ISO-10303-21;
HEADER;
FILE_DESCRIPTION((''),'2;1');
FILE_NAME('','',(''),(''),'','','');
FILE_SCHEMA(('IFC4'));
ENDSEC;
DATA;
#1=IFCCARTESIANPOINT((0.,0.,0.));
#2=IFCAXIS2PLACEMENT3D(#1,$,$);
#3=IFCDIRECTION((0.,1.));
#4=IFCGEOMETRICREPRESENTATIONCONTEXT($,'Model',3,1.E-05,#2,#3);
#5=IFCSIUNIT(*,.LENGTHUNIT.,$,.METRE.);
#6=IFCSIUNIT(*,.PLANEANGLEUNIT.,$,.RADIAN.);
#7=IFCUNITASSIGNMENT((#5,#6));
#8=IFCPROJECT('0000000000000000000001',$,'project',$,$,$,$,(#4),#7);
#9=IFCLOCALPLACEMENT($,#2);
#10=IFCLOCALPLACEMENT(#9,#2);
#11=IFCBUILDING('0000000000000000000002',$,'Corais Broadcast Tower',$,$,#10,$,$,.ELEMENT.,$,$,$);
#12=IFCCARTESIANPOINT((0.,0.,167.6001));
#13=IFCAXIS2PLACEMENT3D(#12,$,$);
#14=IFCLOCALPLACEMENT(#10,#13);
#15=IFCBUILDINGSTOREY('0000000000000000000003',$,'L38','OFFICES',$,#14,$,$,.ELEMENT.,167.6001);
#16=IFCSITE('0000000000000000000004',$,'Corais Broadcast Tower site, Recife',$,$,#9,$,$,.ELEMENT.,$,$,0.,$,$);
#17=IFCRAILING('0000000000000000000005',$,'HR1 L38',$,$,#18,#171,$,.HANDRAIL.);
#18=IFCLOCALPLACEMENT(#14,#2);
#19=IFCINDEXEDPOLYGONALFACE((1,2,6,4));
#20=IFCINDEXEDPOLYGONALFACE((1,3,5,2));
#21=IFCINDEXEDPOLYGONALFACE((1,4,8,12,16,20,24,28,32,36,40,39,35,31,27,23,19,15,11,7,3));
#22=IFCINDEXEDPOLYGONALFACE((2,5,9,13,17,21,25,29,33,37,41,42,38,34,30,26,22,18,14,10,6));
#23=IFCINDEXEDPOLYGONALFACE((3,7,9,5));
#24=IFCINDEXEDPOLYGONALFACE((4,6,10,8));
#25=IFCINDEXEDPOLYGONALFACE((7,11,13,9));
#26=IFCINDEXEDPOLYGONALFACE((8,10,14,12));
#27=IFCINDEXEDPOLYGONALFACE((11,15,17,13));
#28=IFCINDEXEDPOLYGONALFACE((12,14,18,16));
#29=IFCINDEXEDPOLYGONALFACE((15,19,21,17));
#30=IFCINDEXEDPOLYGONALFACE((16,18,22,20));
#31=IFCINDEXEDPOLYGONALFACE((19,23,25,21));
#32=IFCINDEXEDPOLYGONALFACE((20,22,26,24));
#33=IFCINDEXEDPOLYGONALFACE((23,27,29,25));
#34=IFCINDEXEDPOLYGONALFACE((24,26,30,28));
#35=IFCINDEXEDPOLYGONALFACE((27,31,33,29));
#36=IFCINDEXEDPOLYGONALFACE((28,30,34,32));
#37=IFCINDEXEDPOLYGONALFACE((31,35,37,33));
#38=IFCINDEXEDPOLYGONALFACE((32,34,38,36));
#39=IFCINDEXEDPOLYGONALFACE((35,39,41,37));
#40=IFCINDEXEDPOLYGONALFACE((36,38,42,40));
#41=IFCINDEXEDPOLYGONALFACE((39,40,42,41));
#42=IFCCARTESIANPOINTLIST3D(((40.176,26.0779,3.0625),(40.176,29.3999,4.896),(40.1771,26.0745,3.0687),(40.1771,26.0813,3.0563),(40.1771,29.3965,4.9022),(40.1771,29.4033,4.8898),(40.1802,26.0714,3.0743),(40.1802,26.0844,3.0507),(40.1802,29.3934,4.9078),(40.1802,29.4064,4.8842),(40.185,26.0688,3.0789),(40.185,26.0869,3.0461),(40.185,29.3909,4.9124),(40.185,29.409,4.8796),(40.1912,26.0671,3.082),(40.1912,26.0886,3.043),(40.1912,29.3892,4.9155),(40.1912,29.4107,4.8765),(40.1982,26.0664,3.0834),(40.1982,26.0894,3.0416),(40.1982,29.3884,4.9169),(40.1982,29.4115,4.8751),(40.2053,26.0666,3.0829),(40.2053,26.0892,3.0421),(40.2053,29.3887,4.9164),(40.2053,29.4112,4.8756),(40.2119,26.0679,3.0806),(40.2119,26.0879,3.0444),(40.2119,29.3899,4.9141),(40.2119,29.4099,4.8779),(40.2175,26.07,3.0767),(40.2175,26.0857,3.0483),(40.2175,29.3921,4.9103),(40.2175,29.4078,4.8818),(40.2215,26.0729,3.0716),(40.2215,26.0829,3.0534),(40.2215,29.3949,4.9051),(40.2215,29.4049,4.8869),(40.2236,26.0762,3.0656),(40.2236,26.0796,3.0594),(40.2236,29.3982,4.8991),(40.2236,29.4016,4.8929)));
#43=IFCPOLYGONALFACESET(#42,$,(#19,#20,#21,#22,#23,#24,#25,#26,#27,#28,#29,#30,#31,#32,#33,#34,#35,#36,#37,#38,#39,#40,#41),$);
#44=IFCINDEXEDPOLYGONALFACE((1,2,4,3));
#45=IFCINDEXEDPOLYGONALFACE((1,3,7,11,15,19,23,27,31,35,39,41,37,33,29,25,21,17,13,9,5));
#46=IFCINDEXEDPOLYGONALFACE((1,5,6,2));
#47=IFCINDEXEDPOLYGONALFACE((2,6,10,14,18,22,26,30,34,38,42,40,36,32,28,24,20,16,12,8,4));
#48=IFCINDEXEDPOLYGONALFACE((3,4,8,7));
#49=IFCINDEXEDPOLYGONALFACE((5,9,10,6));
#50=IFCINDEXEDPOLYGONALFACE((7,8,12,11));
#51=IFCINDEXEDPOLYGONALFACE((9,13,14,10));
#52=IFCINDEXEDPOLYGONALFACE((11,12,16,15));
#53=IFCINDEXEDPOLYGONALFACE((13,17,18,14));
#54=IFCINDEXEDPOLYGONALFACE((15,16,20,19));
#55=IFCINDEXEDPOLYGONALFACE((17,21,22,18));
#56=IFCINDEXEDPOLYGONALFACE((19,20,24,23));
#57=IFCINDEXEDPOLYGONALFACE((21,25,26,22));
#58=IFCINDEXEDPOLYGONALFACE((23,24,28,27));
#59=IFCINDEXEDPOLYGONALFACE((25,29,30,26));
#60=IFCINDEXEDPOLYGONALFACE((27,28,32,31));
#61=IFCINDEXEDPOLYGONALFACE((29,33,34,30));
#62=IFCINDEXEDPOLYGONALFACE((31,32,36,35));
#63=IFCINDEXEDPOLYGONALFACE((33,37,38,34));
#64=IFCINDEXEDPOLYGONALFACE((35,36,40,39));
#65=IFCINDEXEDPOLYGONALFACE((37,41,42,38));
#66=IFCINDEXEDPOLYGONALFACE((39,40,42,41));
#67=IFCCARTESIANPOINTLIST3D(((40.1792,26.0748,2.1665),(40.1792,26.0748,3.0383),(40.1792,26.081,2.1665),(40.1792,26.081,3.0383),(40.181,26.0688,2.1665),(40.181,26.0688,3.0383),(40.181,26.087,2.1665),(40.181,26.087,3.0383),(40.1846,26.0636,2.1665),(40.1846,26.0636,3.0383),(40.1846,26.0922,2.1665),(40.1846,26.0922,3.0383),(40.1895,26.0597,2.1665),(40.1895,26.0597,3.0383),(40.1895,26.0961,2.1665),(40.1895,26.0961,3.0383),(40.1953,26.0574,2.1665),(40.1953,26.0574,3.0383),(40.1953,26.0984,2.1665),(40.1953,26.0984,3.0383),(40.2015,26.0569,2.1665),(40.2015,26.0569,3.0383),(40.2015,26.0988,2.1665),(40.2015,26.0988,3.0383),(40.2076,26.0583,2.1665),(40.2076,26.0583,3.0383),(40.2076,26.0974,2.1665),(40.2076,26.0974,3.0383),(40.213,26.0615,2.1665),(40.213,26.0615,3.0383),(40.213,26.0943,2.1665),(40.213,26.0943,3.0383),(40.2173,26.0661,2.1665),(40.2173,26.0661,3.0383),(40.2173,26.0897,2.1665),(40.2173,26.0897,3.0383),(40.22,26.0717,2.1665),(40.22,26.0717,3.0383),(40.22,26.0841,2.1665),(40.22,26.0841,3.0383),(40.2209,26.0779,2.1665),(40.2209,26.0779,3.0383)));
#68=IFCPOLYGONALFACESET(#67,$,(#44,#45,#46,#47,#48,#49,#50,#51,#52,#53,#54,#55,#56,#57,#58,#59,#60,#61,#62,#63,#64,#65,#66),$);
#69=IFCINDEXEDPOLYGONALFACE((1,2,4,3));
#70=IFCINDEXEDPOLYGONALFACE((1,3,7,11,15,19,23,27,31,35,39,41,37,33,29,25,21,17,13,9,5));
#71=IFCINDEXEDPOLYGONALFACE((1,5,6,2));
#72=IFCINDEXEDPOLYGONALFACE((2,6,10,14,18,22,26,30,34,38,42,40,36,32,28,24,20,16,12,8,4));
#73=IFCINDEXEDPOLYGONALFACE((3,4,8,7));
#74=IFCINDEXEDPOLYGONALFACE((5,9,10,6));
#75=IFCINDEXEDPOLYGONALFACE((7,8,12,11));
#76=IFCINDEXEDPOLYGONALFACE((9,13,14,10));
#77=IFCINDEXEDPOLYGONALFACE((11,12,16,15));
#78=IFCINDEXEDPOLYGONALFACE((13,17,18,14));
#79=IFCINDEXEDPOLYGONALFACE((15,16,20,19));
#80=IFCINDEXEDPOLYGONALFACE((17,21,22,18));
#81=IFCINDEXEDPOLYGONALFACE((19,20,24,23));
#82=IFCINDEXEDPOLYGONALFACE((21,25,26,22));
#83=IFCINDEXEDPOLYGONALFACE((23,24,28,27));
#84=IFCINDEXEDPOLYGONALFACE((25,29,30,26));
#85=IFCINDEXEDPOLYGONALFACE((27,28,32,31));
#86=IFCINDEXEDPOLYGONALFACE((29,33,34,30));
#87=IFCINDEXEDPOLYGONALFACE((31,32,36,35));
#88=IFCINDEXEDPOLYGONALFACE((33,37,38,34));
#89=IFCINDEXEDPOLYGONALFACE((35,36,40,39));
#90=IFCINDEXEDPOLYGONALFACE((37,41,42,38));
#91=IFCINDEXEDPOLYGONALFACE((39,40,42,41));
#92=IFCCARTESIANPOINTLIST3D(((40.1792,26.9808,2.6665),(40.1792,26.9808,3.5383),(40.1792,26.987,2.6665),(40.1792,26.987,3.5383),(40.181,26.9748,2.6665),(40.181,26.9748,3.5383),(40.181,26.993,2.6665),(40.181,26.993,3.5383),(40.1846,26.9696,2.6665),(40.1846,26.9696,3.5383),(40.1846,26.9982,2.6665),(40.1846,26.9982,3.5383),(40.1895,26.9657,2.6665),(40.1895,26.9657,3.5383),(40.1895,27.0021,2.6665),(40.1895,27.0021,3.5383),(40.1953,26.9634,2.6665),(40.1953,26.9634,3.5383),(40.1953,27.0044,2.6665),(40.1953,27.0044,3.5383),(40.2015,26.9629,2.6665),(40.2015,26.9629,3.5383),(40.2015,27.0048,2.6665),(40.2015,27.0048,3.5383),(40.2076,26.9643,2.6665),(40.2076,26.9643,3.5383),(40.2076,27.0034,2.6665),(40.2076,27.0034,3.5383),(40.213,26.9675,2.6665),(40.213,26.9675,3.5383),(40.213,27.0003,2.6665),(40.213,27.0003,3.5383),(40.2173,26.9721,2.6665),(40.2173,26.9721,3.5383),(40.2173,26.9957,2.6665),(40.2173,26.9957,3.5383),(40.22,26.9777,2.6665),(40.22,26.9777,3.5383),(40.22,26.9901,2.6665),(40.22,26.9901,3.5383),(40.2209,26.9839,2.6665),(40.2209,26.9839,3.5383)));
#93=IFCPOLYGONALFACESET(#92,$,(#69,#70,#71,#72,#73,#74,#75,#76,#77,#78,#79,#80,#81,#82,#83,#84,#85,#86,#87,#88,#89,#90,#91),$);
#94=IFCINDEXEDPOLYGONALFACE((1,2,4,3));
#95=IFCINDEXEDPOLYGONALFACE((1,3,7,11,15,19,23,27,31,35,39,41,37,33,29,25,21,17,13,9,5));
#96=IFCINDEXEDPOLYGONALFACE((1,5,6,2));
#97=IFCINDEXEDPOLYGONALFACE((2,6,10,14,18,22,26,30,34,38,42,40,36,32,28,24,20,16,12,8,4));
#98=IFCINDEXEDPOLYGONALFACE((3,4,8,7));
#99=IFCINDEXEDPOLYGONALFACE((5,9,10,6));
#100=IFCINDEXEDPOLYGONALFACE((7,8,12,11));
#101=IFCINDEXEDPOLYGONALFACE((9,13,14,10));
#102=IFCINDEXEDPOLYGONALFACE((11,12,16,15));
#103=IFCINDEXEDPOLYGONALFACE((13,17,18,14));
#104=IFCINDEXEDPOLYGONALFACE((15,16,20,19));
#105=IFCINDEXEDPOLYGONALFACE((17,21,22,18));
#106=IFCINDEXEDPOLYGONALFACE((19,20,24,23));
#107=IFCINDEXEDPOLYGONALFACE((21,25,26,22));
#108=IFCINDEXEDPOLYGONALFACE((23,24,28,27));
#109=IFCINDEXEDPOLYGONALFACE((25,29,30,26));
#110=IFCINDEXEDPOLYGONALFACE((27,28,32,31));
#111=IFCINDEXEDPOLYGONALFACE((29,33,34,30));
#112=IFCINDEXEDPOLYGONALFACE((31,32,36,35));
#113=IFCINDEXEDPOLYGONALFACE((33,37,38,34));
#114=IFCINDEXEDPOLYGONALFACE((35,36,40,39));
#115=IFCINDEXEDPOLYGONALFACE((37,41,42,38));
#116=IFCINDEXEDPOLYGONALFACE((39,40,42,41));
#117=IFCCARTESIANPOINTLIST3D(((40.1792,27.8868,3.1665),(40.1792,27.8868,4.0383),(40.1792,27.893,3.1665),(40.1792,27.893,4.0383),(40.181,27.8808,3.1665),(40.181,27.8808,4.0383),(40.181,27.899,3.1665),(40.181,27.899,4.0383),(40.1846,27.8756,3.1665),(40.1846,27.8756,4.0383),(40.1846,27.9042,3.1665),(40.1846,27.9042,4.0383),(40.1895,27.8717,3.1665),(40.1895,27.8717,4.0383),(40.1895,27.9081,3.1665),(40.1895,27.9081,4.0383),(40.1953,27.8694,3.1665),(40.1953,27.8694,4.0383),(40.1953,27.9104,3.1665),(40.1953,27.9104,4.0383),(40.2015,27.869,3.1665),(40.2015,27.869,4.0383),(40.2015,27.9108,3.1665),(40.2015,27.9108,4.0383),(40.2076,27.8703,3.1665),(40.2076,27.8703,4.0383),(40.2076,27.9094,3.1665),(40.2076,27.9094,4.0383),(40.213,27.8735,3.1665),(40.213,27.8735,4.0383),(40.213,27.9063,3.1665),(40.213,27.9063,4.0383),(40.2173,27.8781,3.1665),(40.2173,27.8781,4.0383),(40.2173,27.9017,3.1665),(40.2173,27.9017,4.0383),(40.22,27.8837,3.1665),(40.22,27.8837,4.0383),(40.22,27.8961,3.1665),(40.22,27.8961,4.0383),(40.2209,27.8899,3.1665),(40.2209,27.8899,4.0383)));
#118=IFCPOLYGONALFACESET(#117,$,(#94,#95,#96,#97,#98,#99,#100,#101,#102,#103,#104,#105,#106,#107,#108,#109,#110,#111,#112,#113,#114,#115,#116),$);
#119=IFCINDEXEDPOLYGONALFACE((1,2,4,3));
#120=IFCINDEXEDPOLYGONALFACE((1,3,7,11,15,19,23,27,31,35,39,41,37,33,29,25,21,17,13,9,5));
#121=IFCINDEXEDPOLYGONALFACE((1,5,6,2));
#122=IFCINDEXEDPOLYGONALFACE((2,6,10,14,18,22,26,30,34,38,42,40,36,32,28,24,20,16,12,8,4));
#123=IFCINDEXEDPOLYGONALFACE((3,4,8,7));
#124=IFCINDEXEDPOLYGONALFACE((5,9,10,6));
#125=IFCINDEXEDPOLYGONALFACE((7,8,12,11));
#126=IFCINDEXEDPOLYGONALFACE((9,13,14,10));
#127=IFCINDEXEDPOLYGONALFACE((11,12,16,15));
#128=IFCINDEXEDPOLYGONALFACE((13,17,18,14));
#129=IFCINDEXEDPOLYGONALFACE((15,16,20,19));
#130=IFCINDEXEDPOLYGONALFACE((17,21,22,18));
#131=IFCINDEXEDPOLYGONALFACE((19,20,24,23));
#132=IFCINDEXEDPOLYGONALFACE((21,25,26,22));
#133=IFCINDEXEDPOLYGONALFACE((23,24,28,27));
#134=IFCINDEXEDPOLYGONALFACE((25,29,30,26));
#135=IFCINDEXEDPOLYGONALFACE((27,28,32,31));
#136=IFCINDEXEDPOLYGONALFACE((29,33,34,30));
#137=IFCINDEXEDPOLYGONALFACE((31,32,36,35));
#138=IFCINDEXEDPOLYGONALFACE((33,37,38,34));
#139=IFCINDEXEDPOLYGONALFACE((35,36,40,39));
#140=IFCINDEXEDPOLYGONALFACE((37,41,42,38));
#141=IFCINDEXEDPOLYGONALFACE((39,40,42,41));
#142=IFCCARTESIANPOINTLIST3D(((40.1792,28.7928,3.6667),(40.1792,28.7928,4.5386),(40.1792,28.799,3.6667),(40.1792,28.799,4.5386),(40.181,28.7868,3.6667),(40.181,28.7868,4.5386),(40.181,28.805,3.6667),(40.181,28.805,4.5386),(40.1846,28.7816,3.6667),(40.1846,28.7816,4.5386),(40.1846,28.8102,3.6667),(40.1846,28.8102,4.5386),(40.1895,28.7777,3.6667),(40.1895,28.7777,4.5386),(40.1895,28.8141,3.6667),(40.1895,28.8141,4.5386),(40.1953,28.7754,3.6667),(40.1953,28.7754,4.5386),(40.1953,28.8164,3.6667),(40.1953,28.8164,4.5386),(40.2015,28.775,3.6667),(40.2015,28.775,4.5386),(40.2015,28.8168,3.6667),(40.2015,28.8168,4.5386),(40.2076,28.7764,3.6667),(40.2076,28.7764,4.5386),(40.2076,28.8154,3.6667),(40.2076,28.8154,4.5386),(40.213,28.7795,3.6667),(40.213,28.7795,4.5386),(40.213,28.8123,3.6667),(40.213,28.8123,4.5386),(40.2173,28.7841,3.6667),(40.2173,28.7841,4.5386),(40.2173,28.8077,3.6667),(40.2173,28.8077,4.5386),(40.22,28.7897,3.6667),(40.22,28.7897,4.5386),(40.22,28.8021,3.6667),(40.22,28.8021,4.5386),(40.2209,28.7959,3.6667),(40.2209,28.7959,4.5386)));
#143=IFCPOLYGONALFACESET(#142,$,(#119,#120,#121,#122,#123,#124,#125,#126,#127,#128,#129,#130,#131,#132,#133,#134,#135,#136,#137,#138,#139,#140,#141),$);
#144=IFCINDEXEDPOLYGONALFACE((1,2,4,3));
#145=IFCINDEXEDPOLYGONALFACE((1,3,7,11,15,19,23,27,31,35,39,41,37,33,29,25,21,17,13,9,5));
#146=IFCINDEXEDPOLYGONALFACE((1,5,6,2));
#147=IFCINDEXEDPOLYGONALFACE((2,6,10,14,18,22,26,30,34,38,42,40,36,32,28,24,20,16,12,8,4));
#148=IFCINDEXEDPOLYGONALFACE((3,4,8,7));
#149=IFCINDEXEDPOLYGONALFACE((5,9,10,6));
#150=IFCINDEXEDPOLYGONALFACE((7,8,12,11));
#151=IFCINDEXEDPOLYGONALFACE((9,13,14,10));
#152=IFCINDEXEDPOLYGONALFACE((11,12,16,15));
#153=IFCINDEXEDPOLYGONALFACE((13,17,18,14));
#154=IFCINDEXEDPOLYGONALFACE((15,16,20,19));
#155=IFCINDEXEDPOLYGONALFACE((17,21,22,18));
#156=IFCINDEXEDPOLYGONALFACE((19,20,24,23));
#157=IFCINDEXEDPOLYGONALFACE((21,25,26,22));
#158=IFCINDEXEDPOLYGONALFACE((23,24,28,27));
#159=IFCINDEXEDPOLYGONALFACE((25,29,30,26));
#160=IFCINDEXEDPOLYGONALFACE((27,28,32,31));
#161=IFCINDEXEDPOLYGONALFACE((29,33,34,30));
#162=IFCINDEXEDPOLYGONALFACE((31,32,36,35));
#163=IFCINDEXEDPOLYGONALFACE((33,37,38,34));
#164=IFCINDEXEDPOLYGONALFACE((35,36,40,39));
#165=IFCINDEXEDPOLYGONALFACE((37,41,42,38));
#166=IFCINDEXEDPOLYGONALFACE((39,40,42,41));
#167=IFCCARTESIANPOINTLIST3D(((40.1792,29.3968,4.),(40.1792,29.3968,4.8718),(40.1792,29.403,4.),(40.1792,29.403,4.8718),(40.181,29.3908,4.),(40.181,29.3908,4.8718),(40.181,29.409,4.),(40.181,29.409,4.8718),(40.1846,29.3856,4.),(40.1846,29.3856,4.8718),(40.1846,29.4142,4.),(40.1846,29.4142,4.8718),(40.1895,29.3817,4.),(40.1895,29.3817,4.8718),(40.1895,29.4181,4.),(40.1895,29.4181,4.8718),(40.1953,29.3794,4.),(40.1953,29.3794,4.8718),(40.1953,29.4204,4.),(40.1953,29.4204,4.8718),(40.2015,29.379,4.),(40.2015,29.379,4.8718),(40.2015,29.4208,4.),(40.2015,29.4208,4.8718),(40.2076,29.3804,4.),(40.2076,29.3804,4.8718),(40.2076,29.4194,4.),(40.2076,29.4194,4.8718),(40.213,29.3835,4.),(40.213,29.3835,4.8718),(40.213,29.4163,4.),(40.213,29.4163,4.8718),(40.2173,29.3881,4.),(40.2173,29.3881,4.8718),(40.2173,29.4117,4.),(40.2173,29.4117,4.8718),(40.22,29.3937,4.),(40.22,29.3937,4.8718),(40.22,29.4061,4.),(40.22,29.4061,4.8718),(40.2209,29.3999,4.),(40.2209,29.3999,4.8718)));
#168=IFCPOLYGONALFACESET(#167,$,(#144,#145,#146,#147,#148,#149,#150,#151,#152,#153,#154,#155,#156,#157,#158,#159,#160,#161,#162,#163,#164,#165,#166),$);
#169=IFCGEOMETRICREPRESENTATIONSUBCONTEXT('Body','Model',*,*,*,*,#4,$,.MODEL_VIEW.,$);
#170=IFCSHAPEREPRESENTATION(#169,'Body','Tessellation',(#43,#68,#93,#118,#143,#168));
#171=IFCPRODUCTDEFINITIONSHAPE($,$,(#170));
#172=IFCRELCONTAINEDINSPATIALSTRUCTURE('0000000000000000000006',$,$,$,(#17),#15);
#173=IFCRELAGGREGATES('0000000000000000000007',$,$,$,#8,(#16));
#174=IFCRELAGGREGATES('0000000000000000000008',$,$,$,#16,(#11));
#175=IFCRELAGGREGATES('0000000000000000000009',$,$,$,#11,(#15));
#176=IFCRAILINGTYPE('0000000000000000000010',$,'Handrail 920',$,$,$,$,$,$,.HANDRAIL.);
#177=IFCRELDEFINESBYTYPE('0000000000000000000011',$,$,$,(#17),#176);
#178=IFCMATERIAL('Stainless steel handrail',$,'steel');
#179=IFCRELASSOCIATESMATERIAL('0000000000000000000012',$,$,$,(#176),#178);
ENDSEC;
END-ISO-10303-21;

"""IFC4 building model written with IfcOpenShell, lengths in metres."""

from ifc_helpers import new_model, si_unit, direction, frame, origin, origin_2d, place, context, subcontext, project, spatial, circle, extrude, material, type_object, element, save


model = new_model("IFC4")

# Units and contexts
model_context = context("Model", 3, precision=1e-05, world=origin(), true_north=direction((0.0, 1.0)))
body_context = subcontext(model_context, "Body", "Model", "MODEL_VIEW")
ifc_project = project(units=[si_unit("LENGTHUNIT", "METRE"), si_unit("PLANEANGLEUNIT", "RADIAN")], contexts=[model_context])

# Site, building, storey
site_placement = place(None, origin())
site = spatial("IfcSite", under=ifc_project, at=site_placement, Name="Corais Broadcast Tower site, Recife", CompositionType="ELEMENT", RefElevation=0.0)
building_placement = place(site_placement, origin())
building = spatial("IfcBuilding", under=site, at=building_placement, Name="Corais Broadcast Tower", CompositionType="ELEMENT")
storey_placement = place(building_placement, frame((0.0, 0.0, 167.6001)))
storey = spatial("IfcBuildingStorey", under=building, at=storey_placement, Name="L38", Description="OFFICES", CompositionType="ELEMENT", Elevation=167.6001)

# Railing
ifc_material_1 = material(Name="Stainless steel handrail", Category="steel")
railing_type = type_object("IfcRailingType", Name="Handrail 920", PredefinedType="HANDRAIL", material=ifc_material_1)
for number, where, name in (
    (1, (40.2, 26.0779, 2.1665), "HR1 L38"),
):
    element("IfcRailing", number, at=place(storey_placement, frame(where)), inside=storey, type_object=railing_type, Name=name, PredefinedType="HANDRAIL", context=body_context, shape_type="SweptSolid", body=[
        extrude(circle(Radius=0.0239, at=origin_2d()), frame((0.0, 0.0, 0.896), z_axis=(0.0, 0.875504, 0.48321), x_axis=(-1.0, 0.0, 0.0)), (0.0, 0.0, 1.0), 3.7944),
        extrude(circle(Radius=0.021, at=origin_2d()), origin(), (0.0, 0.0, 1.0), 0.8718),
        extrude(circle(Radius=0.021, at=origin_2d()), frame((0.0, 0.906, 0.5)), (0.0, 0.0, 1.0), 0.8718),
        extrude(circle(Radius=0.021, at=origin_2d()), frame((0.0, 1.812, 1.0)), (0.0, 0.0, 1.0), 0.8718),
        extrude(circle(Radius=0.021, at=origin_2d()), frame((0.0, 2.718, 1.5002)), (0.0, 0.0, 1.0), 0.8718),
        extrude(circle(Radius=0.021, at=origin_2d()), frame((0.0, 3.322, 1.8335)), (0.0, 0.0, 1.0), 0.8718),
    ])

save(model, "model.ifc")
